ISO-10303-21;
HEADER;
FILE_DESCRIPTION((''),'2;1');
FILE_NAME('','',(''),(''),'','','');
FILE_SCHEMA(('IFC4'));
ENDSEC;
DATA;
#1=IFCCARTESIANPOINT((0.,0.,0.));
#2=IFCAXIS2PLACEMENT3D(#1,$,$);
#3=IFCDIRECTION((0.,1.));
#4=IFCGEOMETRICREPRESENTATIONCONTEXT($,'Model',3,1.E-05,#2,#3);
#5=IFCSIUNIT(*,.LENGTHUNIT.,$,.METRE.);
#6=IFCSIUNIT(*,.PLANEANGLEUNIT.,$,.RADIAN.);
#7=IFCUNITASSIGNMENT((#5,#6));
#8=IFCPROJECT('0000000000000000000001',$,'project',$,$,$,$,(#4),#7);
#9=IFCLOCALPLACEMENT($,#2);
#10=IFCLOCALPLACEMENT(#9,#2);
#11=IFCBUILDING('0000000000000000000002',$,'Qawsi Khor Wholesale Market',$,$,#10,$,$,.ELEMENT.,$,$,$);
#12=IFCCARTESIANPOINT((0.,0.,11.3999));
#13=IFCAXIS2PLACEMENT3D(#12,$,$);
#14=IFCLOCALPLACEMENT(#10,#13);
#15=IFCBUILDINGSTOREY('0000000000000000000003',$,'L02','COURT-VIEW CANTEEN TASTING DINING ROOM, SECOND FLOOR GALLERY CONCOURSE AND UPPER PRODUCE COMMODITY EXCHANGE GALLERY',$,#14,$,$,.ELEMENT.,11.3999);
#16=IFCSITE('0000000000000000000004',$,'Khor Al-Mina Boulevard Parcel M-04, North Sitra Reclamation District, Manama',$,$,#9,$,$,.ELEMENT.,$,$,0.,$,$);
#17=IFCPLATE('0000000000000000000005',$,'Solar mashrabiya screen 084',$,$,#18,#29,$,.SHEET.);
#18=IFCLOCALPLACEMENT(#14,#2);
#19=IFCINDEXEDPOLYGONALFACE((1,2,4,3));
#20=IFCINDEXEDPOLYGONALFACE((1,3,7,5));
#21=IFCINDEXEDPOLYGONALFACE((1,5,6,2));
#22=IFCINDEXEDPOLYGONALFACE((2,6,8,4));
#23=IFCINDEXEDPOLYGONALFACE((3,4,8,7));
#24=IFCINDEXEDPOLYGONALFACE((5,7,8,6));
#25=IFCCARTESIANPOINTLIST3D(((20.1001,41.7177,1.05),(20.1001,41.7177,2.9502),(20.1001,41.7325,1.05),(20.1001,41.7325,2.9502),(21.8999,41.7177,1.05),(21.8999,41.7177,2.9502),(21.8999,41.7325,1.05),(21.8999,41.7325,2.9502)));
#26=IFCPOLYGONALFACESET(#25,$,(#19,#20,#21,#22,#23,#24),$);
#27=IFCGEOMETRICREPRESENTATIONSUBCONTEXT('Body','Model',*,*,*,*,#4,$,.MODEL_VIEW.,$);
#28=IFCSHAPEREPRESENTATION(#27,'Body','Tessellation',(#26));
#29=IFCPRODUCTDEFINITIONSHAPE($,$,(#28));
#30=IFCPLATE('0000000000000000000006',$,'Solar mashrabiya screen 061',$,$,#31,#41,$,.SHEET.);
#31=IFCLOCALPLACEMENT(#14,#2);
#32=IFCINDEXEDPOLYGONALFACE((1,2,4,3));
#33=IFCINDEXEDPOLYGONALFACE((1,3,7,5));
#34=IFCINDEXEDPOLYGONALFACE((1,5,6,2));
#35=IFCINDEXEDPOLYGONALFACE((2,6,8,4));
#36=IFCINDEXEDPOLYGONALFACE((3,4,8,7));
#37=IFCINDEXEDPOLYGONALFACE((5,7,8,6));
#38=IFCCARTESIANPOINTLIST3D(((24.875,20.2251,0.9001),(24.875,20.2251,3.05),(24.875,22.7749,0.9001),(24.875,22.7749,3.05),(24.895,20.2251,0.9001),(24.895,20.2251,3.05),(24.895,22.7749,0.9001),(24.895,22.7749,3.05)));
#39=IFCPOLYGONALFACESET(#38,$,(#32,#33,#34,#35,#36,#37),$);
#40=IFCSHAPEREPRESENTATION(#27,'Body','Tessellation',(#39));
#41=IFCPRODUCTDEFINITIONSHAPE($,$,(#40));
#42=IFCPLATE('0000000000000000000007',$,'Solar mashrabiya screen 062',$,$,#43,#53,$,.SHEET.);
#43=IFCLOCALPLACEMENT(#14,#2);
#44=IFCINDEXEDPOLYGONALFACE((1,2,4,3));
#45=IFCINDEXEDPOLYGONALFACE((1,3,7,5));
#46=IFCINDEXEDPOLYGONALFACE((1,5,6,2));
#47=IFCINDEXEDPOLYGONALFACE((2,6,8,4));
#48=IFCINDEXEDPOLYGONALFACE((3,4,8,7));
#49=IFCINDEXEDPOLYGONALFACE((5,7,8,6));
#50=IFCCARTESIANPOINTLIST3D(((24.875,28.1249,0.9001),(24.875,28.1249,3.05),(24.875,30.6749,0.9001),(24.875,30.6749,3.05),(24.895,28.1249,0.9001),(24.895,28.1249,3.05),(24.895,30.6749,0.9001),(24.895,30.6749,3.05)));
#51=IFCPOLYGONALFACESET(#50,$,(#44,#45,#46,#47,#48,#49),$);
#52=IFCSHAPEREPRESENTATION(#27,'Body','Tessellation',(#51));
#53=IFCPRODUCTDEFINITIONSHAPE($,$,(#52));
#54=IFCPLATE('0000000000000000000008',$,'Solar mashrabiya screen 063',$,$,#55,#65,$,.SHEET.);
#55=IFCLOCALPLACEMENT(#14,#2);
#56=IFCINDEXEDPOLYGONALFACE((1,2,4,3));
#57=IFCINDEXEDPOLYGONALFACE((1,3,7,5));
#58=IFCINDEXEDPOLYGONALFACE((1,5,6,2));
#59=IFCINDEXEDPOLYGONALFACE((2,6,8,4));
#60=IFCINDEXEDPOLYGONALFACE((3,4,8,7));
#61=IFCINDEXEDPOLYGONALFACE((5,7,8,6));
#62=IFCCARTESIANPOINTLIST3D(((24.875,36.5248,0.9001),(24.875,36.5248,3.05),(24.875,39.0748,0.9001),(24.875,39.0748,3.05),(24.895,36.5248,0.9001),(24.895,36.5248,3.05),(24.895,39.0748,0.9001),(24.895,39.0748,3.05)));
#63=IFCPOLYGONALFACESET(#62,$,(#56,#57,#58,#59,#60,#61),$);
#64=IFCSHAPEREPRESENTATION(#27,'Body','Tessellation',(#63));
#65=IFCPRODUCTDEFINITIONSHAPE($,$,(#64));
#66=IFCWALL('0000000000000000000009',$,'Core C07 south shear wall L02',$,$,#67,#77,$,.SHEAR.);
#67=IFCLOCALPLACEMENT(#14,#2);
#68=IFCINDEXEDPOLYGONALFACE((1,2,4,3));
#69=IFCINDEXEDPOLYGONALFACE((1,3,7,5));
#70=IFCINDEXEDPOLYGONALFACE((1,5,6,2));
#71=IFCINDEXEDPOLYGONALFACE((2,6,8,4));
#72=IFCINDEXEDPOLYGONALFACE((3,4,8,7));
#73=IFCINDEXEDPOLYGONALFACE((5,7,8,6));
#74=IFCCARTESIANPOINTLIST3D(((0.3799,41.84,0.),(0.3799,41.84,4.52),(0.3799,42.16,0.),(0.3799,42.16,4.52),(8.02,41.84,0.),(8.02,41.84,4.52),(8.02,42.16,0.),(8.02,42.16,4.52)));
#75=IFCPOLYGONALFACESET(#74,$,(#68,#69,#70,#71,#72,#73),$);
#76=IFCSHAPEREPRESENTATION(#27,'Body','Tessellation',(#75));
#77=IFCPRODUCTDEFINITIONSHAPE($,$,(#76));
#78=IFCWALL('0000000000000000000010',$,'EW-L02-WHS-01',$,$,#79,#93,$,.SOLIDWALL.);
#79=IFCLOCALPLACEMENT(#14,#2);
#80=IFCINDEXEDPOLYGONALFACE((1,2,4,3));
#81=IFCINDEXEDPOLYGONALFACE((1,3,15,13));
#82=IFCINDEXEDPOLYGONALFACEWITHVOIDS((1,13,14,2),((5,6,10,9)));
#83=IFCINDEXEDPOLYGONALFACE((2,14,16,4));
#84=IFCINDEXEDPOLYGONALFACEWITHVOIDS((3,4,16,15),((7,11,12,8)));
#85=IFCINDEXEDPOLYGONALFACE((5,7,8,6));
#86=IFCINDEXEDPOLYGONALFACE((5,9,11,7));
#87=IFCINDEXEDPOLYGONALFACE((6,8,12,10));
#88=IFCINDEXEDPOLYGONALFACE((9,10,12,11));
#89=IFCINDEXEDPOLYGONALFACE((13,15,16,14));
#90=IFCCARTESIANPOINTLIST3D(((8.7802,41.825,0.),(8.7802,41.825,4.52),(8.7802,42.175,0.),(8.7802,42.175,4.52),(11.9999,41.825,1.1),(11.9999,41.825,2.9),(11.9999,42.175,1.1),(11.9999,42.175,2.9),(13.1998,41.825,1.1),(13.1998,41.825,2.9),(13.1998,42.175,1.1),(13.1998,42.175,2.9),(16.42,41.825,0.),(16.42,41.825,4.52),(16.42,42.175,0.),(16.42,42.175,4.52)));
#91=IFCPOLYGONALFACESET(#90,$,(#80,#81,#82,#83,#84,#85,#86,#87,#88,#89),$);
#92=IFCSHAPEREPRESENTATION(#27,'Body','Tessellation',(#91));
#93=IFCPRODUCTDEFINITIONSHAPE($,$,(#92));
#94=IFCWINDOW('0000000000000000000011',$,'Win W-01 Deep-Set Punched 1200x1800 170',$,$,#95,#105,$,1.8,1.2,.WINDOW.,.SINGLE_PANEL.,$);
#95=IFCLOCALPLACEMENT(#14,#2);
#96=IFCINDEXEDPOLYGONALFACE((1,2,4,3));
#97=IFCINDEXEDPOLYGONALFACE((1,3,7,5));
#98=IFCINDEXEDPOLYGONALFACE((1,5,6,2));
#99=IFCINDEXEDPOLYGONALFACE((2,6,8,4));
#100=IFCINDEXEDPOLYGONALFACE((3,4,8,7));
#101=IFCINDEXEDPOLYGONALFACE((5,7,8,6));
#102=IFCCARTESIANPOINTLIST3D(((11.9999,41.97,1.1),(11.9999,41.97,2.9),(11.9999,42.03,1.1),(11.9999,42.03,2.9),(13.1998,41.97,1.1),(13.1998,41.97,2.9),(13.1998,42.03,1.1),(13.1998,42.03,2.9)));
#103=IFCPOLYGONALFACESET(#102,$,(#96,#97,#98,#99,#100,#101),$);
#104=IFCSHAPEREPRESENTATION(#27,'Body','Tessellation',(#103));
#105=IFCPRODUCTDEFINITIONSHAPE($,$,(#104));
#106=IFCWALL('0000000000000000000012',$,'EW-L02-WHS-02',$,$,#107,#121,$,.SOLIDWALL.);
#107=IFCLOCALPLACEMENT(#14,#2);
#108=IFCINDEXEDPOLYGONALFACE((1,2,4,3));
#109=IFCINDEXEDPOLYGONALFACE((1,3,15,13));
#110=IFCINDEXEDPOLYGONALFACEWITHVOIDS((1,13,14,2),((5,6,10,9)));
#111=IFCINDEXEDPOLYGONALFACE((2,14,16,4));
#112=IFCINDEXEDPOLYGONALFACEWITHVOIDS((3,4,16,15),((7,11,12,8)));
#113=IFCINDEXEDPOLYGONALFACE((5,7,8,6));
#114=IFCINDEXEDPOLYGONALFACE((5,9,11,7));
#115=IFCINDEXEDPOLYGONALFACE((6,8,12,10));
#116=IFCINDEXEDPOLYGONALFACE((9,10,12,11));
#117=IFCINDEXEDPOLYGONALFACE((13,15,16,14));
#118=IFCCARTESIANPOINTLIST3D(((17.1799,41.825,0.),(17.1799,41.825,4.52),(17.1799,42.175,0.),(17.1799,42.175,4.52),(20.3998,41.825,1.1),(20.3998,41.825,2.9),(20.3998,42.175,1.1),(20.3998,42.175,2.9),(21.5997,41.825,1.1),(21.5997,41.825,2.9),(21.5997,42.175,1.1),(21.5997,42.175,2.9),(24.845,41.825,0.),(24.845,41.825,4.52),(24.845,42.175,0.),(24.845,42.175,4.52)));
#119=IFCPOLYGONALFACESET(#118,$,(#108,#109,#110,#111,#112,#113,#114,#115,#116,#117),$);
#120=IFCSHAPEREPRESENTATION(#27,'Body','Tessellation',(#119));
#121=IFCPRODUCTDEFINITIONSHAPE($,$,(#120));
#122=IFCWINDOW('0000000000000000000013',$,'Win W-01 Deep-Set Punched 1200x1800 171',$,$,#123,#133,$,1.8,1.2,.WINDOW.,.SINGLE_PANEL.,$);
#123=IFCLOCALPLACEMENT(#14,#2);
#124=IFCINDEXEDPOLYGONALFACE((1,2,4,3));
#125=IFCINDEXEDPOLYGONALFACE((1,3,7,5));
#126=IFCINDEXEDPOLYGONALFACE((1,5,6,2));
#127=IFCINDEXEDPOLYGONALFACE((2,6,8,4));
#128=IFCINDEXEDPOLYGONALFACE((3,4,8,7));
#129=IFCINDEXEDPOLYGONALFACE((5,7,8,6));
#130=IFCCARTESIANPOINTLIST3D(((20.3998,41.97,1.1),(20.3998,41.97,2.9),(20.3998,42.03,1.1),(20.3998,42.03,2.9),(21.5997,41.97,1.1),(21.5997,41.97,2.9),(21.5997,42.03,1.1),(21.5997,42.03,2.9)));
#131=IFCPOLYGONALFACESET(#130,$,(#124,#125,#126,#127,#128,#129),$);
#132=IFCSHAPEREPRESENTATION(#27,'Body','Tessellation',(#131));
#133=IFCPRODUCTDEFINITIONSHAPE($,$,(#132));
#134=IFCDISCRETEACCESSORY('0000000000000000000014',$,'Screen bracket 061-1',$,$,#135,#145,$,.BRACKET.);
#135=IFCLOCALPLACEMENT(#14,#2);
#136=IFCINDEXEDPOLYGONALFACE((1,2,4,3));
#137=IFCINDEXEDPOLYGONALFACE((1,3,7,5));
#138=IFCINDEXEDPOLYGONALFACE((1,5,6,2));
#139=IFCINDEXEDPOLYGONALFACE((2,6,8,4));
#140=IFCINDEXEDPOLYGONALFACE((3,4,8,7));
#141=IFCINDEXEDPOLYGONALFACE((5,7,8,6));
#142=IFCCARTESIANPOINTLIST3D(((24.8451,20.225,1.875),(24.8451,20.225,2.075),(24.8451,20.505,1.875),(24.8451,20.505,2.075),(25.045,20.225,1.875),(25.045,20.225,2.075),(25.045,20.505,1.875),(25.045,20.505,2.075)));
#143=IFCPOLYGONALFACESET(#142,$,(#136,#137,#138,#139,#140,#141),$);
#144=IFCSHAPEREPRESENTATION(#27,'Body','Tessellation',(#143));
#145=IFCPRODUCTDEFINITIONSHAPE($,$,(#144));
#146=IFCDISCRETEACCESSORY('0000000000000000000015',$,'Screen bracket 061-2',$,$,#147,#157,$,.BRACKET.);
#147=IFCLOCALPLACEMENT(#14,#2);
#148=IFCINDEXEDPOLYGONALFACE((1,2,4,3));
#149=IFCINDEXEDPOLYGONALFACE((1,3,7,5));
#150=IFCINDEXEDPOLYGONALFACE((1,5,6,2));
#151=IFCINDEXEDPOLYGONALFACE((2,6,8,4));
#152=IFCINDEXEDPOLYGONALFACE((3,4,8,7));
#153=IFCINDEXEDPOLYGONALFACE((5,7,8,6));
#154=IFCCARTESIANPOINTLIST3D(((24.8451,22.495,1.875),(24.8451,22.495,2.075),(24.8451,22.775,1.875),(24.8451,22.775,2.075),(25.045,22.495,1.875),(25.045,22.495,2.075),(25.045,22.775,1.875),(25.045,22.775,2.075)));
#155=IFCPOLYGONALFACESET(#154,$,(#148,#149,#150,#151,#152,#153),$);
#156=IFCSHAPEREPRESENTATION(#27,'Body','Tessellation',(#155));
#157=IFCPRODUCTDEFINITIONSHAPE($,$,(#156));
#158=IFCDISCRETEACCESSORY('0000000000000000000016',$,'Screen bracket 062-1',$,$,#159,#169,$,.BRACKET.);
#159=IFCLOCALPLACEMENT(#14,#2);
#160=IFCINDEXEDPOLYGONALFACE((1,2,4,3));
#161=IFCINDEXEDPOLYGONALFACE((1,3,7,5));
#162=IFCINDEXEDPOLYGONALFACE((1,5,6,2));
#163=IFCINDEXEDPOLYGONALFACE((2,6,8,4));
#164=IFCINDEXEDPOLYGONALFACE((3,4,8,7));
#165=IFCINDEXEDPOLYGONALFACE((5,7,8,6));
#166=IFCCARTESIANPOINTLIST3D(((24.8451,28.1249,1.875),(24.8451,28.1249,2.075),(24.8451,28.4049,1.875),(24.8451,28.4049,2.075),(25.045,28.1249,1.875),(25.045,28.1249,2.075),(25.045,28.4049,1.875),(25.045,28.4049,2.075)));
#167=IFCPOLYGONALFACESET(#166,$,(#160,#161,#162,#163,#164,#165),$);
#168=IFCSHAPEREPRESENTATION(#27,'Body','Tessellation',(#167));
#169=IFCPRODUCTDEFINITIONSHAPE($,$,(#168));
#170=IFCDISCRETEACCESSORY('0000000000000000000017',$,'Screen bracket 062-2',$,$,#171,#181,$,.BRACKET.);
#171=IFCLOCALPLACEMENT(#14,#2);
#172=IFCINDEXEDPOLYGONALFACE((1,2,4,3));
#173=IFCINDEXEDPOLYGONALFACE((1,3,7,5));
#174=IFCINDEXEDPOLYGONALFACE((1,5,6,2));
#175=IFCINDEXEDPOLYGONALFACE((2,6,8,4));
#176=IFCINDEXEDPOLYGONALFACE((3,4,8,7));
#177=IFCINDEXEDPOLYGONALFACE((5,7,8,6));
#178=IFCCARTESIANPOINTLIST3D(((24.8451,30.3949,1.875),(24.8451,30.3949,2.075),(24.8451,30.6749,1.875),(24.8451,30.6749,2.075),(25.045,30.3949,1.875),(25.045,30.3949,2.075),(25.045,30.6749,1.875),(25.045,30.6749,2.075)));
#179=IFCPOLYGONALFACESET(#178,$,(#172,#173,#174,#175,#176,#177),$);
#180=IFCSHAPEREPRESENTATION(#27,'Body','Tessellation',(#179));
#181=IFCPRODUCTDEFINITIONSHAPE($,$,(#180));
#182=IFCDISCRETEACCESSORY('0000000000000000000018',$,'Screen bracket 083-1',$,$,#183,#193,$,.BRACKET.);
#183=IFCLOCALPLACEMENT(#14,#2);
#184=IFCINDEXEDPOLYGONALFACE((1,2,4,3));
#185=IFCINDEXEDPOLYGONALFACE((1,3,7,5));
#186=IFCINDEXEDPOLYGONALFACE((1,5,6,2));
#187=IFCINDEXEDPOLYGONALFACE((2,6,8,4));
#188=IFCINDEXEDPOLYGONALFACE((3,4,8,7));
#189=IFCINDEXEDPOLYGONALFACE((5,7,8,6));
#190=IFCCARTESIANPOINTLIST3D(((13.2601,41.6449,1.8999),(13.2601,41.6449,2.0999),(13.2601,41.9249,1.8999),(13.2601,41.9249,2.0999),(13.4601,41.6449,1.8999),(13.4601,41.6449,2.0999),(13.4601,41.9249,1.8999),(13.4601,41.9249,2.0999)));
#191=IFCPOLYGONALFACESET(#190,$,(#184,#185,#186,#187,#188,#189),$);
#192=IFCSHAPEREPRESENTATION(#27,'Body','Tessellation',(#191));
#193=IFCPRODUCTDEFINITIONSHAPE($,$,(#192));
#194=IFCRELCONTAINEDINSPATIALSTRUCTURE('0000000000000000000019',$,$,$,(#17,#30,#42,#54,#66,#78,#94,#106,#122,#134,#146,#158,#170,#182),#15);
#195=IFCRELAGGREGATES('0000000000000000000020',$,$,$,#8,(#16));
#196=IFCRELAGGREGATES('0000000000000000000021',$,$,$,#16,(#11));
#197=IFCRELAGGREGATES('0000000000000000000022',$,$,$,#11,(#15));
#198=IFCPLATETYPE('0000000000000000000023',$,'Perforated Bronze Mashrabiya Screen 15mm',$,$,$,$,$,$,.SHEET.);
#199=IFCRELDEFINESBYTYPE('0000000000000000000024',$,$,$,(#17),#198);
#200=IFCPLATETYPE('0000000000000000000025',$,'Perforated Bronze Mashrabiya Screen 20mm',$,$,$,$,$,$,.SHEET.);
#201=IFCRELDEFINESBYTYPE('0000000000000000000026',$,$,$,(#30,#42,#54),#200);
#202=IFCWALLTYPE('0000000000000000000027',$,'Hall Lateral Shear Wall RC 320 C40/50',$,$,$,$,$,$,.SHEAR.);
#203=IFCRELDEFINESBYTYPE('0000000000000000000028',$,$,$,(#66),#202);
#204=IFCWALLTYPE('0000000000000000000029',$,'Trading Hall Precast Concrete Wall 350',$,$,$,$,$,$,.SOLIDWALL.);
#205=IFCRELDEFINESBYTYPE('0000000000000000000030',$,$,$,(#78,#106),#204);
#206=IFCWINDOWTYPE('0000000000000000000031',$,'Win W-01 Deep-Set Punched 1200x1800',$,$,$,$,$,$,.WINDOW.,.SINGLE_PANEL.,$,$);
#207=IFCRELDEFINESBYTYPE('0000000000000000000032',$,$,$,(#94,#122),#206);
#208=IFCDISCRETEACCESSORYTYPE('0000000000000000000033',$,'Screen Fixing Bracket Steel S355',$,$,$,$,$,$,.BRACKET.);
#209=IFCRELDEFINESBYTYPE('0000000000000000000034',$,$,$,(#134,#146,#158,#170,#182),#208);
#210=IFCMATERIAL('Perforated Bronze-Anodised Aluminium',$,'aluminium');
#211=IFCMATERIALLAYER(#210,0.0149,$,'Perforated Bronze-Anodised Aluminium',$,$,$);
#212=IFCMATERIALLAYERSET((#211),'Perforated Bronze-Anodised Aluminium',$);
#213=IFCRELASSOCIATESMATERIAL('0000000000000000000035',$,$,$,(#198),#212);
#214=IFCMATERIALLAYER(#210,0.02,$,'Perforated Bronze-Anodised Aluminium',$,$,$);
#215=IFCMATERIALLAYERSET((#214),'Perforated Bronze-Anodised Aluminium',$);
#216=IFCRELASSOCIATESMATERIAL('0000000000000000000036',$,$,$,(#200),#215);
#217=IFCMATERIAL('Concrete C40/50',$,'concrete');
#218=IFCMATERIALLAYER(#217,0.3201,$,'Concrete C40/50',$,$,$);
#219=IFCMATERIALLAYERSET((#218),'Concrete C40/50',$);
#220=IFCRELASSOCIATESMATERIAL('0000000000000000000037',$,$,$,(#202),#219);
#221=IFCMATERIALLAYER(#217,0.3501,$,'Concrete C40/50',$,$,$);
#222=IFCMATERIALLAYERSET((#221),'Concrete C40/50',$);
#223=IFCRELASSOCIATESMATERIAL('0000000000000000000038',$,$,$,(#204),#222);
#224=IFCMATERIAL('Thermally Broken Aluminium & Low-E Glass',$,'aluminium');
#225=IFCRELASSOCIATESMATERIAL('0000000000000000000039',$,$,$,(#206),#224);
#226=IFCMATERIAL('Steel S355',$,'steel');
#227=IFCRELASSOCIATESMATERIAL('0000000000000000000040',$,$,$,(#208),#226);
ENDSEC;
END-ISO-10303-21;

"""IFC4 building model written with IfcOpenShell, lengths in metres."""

from ifc_helpers import new_model, si_unit, direction, frame, frame_2d, origin, origin_2d, place, context, subcontext, project, spatial, rectangle, extrude, material, layer, layer_set, type_object, element, fill, save


model = new_model("IFC4")

# Units and contexts
model_context = context("Model", 3, precision=1e-05, world=origin(), true_north=direction((0.0, 1.0)))
body_context = subcontext(model_context, "Body", "Model", "MODEL_VIEW")
ifc_project = project(units=[si_unit("LENGTHUNIT", "METRE"), si_unit("PLANEANGLEUNIT", "RADIAN")], contexts=[model_context])

# Site, building, storey
site_placement = place(None, origin())
site = spatial("IfcSite", under=ifc_project, at=site_placement, Name="Khor Al-Mina Boulevard Parcel M-04, North Sitra Reclamation District, Manama", CompositionType="ELEMENT", RefElevation=0.0)
building_placement = place(site_placement, origin())
building = spatial("IfcBuilding", under=site, at=building_placement, Name="Qawsi Khor Wholesale Market", CompositionType="ELEMENT")
storey_placement = place(building_placement, frame((0.0, 0.0, 11.3999)))
storey = spatial("IfcBuildingStorey", under=building, at=storey_placement, Name="L02", Description="COURT-VIEW CANTEEN TASTING DINING ROOM, SECOND FLOOR GALLERY CONCOURSE AND UPPER PRODUCE COMMODITY EXCHANGE GALLERY", CompositionType="ELEMENT", Elevation=11.3999)

# Shared definitions
ifc_material_1 = material(Name="Concrete C40/50", Category="concrete")

# Shared definitions
ifc_material_2 = material(Name="Steel S355", Category="steel")

# Plates
ifc_material_3 = material(Name="Perforated Bronze-Anodised Aluminium", Category="aluminium")
ifc_layer_1 = layer(ifc_material_3, 0.0149, Name="Perforated Bronze-Anodised Aluminium")
ifc_layer_set_1 = layer_set([ifc_layer_1], Name="Perforated Bronze-Anodised Aluminium")
plate_type_1 = type_object("IfcPlateType", Name="Perforated Bronze Mashrabiya Screen 15mm", PredefinedType="SHEET", material=ifc_layer_set_1)
plate_1_placement = place(storey_placement, frame((21.8999, 41.7251, 1.05), z_axis=(0.0, 0.0, 1.0), x_axis=(-1.0, 0.0, 0.0)))
element("IfcPlate", 1, at=plate_1_placement, inside=storey, type_object=plate_type_1, Name="Solar mashrabiya screen 084", PredefinedType="SHEET", context=body_context, shape_type="SweptSolid", body=[
    extrude(rectangle(XDim=1.7998, YDim=0.0149, at=frame_2d((0.8999, 0.0))), origin(), (0.0, 0.0, 1.0), 1.9001),
])
ifc_layer_2 = layer(ifc_material_3, 0.02, Name="Perforated Bronze-Anodised Aluminium")
ifc_layer_set_2 = layer_set([ifc_layer_2], Name="Perforated Bronze-Anodised Aluminium")
plate_type_2 = type_object("IfcPlateType", Name="Perforated Bronze Mashrabiya Screen 20mm", PredefinedType="SHEET", material=ifc_layer_set_2)
plate_2_placement = place(storey_placement, frame((24.885, 20.2251, 0.9001), z_axis=(0.0, 0.0, 1.0), x_axis=(0.0, 1.0, 0.0)))
element("IfcPlate", 2, at=plate_2_placement, inside=storey, type_object=plate_type_2, Name="Solar mashrabiya screen 061", PredefinedType="SHEET", context=body_context, shape_type="SweptSolid", body=[
    extrude(rectangle(XDim=2.5498, YDim=0.02, at=frame_2d((1.2749, 0.0))), origin(), (0.0, 0.0, 1.0), 2.1499),
])
for number, where, z_axis, x_axis, name in (
    (3, (24.885, 28.125, 0.9001), (0.0, 0.0, 1.0), (0.0, 1.0, 0.0), "Solar mashrabiya screen 062"),
    (4, (24.885, 36.5249, 0.9001), (0.0, 0.0, 1.0), (0.0, 1.0, 0.0), "Solar mashrabiya screen 063"),
):
    element("IfcPlate", number, at=place(storey_placement, frame(where, z_axis=z_axis, x_axis=x_axis)), inside=storey, type_object=plate_type_2, Name=name, PredefinedType="SHEET", context=body_context, shape_type="SweptSolid", body=[
        extrude(rectangle(XDim=2.55, YDim=0.02, at=frame_2d((1.2749, 0.0))), origin(), (0.0, 0.0, 1.0), 2.1499),
    ])

# Wall
ifc_layer_3 = layer(ifc_material_1, 0.3201, Name="Concrete C40/50")
ifc_layer_set_3 = layer_set([ifc_layer_3], Name="Concrete C40/50")
wall_type_1 = type_object("IfcWallType", Name="Hall Lateral Shear Wall RC 320 C40/50", PredefinedType="SHEAR", material=ifc_layer_set_3)
wall_1_placement = place(storey_placement, frame((8.02, 42.0, 0.0), z_axis=(0.0, 0.0, 1.0), x_axis=(-1.0, 0.0, 0.0)))
element("IfcWall", 5, at=wall_1_placement, inside=storey, type_object=wall_type_1, Name="Core C07 south shear wall L02", PredefinedType="SHEAR", context=body_context, shape_type="SweptSolid", body=[
    extrude(rectangle(XDim=7.6401, YDim=0.3201, at=frame_2d((3.8201, 0.0))), origin(), (0.0, 0.0, 1.0), 4.52),
])

# Walls, openings, windows
ifc_layer_4 = layer(ifc_material_1, 0.3501, Name="Concrete C40/50")
ifc_layer_set_4 = layer_set([ifc_layer_4], Name="Concrete C40/50")
wall_type_2 = type_object("IfcWallType", Name="Trading Hall Precast Concrete Wall 350", PredefinedType="SOLIDWALL", material=ifc_layer_set_4)
wall_2_placement = place(storey_placement, frame((16.4199, 42.0, 0.0), z_axis=(0.0, 0.0, 1.0), x_axis=(-1.0, 0.0, 0.0)))
wall_2 = element("IfcWall", 6, at=wall_2_placement, inside=storey, type_object=wall_type_2, Name="EW-L02-WHS-01", PredefinedType="SOLIDWALL", context=body_context, shape_type="SweptSolid", body=[
    extrude(rectangle(XDim=7.6399, YDim=0.3501, at=frame_2d((3.8198, 0.0))), origin(), (0.0, 0.0, 1.0), 4.52),
])
opening_1_placement = place(wall_2_placement, frame((3.22, 0.0, 1.1001)))
opening_1 = element("IfcOpeningElement", 7, at=opening_1_placement, cuts=wall_2, PredefinedType="OPENING", context=body_context, shape_type="SweptSolid", body=[
    extrude(rectangle(XDim=1.2, YDim=1.8, at=frame_2d((0.6001, 0.8999))), frame((0.0, 0.1851, 0.0), z_axis=(0.0, -1.0, 0.0), x_axis=(1.0, 0.0, 0.0)), (0.0, 0.0, 1.0), 0.3701),
])
ifc_material_4 = material(Name="Thermally Broken Aluminium & Low-E Glass", Category="aluminium")
window_type = type_object("IfcWindowType", Name="Win W-01 Deep-Set Punched 1200x1800", PartitioningType="SINGLE_PANEL", PredefinedType="WINDOW", material=ifc_material_4)
window_1_placement = place(opening_1_placement, origin())
window_1 = element("IfcWindow", 8, at=window_1_placement, inside=storey, type_object=window_type, Name="Win W-01 Deep-Set Punched 1200x1800 170", OverallHeight=1.8, OverallWidth=1.2, PartitioningType="SINGLE_PANEL", PredefinedType="WINDOW", context=body_context, shape_type="SweptSolid", body=[
    extrude(rectangle(XDim=1.2, YDim=1.8, at=frame_2d((0.6001, 0.8999))), frame((0.0, 0.03, 0.0), z_axis=(0.0, -1.0, 0.0), x_axis=(1.0, 0.0, 0.0)), (0.0, 0.0, 1.0), 0.0601),
])
fill(opening_1, window_1)
wall_3_placement = place(storey_placement, frame((24.845, 42.0, 0.0), z_axis=(0.0, 0.0, 1.0), x_axis=(-1.0, 0.0, 0.0)))
wall_3 = element("IfcWall", 9, at=wall_3_placement, inside=storey, type_object=wall_type_2, Name="EW-L02-WHS-02", PredefinedType="SOLIDWALL", context=body_context, shape_type="SweptSolid", body=[
    extrude(rectangle(XDim=7.665, YDim=0.3501, at=frame_2d((3.8325, 0.0))), origin(), (0.0, 0.0, 1.0), 4.52),
])
opening_2_placement = place(wall_3_placement, frame((3.2451, 0.0, 1.1001)))
opening_2 = element("IfcOpeningElement", 10, at=opening_2_placement, cuts=wall_3, PredefinedType="OPENING", context=body_context, shape_type="SweptSolid", body=[
    extrude(rectangle(XDim=1.2, YDim=1.8, at=frame_2d((0.6001, 0.8999))), frame((0.0, 0.1851, 0.0), z_axis=(0.0, -1.0, 0.0), x_axis=(1.0, 0.0, 0.0)), (0.0, 0.0, 1.0), 0.3701),
])
window_2_placement = place(opening_2_placement, origin())
window_2 = element("IfcWindow", 11, at=window_2_placement, inside=storey, type_object=window_type, Name="Win W-01 Deep-Set Punched 1200x1800 171", OverallHeight=1.8, OverallWidth=1.2, PartitioningType="SINGLE_PANEL", PredefinedType="WINDOW", context=body_context, shape_type="SweptSolid", body=[
    extrude(rectangle(XDim=1.2, YDim=1.8, at=frame_2d((0.6001, 0.8999))), frame((0.0, 0.03, 0.0), z_axis=(0.0, -1.0, 0.0), x_axis=(1.0, 0.0, 0.0)), (0.0, 0.0, 1.0), 0.0601),
])
fill(opening_2, window_2)

# Discrete accessories
discrete_accessory_type = type_object("IfcDiscreteAccessoryType", Name="Screen Fixing Bracket Steel S355", PredefinedType="BRACKET", material=ifc_material_2)
for number, where, z_axis, x_axis, name in (
    (12, (24.9451, 20.365, 1.875), (0.0, 0.0, 1.0), (1.0, 0.0, 0.0), "Screen bracket 061-1"),
    (13, (24.9451, 22.635, 1.875), (0.0, 0.0, 1.0), (1.0, 0.0, 0.0), "Screen bracket 061-2"),
    (14, (24.9451, 28.2649, 1.875), (0.0, 0.0, 1.0), (1.0, 0.0, 0.0), "Screen bracket 062-1"),
    (15, (24.9451, 30.5349, 1.875), (0.0, 0.0, 1.0), (1.0, 0.0, 0.0), "Screen bracket 062-2"),
    (16, (13.3601, 41.7849, 1.8999), (0.0, 0.0, 1.0), (1.0, 0.0, 0.0), "Screen bracket 083-1"),
):
    element("IfcDiscreteAccessory", number, at=place(storey_placement, frame(where, z_axis=z_axis, x_axis=x_axis)), inside=storey, type_object=discrete_accessory_type, Name=name, PredefinedType="BRACKET", context=body_context, shape_type="SweptSolid", body=[
        extrude(rectangle(XDim=0.2, YDim=0.28, at=origin_2d()), origin(), (0.0, 0.0, 1.0), 0.2),
    ])

save(model, "model.ifc")
